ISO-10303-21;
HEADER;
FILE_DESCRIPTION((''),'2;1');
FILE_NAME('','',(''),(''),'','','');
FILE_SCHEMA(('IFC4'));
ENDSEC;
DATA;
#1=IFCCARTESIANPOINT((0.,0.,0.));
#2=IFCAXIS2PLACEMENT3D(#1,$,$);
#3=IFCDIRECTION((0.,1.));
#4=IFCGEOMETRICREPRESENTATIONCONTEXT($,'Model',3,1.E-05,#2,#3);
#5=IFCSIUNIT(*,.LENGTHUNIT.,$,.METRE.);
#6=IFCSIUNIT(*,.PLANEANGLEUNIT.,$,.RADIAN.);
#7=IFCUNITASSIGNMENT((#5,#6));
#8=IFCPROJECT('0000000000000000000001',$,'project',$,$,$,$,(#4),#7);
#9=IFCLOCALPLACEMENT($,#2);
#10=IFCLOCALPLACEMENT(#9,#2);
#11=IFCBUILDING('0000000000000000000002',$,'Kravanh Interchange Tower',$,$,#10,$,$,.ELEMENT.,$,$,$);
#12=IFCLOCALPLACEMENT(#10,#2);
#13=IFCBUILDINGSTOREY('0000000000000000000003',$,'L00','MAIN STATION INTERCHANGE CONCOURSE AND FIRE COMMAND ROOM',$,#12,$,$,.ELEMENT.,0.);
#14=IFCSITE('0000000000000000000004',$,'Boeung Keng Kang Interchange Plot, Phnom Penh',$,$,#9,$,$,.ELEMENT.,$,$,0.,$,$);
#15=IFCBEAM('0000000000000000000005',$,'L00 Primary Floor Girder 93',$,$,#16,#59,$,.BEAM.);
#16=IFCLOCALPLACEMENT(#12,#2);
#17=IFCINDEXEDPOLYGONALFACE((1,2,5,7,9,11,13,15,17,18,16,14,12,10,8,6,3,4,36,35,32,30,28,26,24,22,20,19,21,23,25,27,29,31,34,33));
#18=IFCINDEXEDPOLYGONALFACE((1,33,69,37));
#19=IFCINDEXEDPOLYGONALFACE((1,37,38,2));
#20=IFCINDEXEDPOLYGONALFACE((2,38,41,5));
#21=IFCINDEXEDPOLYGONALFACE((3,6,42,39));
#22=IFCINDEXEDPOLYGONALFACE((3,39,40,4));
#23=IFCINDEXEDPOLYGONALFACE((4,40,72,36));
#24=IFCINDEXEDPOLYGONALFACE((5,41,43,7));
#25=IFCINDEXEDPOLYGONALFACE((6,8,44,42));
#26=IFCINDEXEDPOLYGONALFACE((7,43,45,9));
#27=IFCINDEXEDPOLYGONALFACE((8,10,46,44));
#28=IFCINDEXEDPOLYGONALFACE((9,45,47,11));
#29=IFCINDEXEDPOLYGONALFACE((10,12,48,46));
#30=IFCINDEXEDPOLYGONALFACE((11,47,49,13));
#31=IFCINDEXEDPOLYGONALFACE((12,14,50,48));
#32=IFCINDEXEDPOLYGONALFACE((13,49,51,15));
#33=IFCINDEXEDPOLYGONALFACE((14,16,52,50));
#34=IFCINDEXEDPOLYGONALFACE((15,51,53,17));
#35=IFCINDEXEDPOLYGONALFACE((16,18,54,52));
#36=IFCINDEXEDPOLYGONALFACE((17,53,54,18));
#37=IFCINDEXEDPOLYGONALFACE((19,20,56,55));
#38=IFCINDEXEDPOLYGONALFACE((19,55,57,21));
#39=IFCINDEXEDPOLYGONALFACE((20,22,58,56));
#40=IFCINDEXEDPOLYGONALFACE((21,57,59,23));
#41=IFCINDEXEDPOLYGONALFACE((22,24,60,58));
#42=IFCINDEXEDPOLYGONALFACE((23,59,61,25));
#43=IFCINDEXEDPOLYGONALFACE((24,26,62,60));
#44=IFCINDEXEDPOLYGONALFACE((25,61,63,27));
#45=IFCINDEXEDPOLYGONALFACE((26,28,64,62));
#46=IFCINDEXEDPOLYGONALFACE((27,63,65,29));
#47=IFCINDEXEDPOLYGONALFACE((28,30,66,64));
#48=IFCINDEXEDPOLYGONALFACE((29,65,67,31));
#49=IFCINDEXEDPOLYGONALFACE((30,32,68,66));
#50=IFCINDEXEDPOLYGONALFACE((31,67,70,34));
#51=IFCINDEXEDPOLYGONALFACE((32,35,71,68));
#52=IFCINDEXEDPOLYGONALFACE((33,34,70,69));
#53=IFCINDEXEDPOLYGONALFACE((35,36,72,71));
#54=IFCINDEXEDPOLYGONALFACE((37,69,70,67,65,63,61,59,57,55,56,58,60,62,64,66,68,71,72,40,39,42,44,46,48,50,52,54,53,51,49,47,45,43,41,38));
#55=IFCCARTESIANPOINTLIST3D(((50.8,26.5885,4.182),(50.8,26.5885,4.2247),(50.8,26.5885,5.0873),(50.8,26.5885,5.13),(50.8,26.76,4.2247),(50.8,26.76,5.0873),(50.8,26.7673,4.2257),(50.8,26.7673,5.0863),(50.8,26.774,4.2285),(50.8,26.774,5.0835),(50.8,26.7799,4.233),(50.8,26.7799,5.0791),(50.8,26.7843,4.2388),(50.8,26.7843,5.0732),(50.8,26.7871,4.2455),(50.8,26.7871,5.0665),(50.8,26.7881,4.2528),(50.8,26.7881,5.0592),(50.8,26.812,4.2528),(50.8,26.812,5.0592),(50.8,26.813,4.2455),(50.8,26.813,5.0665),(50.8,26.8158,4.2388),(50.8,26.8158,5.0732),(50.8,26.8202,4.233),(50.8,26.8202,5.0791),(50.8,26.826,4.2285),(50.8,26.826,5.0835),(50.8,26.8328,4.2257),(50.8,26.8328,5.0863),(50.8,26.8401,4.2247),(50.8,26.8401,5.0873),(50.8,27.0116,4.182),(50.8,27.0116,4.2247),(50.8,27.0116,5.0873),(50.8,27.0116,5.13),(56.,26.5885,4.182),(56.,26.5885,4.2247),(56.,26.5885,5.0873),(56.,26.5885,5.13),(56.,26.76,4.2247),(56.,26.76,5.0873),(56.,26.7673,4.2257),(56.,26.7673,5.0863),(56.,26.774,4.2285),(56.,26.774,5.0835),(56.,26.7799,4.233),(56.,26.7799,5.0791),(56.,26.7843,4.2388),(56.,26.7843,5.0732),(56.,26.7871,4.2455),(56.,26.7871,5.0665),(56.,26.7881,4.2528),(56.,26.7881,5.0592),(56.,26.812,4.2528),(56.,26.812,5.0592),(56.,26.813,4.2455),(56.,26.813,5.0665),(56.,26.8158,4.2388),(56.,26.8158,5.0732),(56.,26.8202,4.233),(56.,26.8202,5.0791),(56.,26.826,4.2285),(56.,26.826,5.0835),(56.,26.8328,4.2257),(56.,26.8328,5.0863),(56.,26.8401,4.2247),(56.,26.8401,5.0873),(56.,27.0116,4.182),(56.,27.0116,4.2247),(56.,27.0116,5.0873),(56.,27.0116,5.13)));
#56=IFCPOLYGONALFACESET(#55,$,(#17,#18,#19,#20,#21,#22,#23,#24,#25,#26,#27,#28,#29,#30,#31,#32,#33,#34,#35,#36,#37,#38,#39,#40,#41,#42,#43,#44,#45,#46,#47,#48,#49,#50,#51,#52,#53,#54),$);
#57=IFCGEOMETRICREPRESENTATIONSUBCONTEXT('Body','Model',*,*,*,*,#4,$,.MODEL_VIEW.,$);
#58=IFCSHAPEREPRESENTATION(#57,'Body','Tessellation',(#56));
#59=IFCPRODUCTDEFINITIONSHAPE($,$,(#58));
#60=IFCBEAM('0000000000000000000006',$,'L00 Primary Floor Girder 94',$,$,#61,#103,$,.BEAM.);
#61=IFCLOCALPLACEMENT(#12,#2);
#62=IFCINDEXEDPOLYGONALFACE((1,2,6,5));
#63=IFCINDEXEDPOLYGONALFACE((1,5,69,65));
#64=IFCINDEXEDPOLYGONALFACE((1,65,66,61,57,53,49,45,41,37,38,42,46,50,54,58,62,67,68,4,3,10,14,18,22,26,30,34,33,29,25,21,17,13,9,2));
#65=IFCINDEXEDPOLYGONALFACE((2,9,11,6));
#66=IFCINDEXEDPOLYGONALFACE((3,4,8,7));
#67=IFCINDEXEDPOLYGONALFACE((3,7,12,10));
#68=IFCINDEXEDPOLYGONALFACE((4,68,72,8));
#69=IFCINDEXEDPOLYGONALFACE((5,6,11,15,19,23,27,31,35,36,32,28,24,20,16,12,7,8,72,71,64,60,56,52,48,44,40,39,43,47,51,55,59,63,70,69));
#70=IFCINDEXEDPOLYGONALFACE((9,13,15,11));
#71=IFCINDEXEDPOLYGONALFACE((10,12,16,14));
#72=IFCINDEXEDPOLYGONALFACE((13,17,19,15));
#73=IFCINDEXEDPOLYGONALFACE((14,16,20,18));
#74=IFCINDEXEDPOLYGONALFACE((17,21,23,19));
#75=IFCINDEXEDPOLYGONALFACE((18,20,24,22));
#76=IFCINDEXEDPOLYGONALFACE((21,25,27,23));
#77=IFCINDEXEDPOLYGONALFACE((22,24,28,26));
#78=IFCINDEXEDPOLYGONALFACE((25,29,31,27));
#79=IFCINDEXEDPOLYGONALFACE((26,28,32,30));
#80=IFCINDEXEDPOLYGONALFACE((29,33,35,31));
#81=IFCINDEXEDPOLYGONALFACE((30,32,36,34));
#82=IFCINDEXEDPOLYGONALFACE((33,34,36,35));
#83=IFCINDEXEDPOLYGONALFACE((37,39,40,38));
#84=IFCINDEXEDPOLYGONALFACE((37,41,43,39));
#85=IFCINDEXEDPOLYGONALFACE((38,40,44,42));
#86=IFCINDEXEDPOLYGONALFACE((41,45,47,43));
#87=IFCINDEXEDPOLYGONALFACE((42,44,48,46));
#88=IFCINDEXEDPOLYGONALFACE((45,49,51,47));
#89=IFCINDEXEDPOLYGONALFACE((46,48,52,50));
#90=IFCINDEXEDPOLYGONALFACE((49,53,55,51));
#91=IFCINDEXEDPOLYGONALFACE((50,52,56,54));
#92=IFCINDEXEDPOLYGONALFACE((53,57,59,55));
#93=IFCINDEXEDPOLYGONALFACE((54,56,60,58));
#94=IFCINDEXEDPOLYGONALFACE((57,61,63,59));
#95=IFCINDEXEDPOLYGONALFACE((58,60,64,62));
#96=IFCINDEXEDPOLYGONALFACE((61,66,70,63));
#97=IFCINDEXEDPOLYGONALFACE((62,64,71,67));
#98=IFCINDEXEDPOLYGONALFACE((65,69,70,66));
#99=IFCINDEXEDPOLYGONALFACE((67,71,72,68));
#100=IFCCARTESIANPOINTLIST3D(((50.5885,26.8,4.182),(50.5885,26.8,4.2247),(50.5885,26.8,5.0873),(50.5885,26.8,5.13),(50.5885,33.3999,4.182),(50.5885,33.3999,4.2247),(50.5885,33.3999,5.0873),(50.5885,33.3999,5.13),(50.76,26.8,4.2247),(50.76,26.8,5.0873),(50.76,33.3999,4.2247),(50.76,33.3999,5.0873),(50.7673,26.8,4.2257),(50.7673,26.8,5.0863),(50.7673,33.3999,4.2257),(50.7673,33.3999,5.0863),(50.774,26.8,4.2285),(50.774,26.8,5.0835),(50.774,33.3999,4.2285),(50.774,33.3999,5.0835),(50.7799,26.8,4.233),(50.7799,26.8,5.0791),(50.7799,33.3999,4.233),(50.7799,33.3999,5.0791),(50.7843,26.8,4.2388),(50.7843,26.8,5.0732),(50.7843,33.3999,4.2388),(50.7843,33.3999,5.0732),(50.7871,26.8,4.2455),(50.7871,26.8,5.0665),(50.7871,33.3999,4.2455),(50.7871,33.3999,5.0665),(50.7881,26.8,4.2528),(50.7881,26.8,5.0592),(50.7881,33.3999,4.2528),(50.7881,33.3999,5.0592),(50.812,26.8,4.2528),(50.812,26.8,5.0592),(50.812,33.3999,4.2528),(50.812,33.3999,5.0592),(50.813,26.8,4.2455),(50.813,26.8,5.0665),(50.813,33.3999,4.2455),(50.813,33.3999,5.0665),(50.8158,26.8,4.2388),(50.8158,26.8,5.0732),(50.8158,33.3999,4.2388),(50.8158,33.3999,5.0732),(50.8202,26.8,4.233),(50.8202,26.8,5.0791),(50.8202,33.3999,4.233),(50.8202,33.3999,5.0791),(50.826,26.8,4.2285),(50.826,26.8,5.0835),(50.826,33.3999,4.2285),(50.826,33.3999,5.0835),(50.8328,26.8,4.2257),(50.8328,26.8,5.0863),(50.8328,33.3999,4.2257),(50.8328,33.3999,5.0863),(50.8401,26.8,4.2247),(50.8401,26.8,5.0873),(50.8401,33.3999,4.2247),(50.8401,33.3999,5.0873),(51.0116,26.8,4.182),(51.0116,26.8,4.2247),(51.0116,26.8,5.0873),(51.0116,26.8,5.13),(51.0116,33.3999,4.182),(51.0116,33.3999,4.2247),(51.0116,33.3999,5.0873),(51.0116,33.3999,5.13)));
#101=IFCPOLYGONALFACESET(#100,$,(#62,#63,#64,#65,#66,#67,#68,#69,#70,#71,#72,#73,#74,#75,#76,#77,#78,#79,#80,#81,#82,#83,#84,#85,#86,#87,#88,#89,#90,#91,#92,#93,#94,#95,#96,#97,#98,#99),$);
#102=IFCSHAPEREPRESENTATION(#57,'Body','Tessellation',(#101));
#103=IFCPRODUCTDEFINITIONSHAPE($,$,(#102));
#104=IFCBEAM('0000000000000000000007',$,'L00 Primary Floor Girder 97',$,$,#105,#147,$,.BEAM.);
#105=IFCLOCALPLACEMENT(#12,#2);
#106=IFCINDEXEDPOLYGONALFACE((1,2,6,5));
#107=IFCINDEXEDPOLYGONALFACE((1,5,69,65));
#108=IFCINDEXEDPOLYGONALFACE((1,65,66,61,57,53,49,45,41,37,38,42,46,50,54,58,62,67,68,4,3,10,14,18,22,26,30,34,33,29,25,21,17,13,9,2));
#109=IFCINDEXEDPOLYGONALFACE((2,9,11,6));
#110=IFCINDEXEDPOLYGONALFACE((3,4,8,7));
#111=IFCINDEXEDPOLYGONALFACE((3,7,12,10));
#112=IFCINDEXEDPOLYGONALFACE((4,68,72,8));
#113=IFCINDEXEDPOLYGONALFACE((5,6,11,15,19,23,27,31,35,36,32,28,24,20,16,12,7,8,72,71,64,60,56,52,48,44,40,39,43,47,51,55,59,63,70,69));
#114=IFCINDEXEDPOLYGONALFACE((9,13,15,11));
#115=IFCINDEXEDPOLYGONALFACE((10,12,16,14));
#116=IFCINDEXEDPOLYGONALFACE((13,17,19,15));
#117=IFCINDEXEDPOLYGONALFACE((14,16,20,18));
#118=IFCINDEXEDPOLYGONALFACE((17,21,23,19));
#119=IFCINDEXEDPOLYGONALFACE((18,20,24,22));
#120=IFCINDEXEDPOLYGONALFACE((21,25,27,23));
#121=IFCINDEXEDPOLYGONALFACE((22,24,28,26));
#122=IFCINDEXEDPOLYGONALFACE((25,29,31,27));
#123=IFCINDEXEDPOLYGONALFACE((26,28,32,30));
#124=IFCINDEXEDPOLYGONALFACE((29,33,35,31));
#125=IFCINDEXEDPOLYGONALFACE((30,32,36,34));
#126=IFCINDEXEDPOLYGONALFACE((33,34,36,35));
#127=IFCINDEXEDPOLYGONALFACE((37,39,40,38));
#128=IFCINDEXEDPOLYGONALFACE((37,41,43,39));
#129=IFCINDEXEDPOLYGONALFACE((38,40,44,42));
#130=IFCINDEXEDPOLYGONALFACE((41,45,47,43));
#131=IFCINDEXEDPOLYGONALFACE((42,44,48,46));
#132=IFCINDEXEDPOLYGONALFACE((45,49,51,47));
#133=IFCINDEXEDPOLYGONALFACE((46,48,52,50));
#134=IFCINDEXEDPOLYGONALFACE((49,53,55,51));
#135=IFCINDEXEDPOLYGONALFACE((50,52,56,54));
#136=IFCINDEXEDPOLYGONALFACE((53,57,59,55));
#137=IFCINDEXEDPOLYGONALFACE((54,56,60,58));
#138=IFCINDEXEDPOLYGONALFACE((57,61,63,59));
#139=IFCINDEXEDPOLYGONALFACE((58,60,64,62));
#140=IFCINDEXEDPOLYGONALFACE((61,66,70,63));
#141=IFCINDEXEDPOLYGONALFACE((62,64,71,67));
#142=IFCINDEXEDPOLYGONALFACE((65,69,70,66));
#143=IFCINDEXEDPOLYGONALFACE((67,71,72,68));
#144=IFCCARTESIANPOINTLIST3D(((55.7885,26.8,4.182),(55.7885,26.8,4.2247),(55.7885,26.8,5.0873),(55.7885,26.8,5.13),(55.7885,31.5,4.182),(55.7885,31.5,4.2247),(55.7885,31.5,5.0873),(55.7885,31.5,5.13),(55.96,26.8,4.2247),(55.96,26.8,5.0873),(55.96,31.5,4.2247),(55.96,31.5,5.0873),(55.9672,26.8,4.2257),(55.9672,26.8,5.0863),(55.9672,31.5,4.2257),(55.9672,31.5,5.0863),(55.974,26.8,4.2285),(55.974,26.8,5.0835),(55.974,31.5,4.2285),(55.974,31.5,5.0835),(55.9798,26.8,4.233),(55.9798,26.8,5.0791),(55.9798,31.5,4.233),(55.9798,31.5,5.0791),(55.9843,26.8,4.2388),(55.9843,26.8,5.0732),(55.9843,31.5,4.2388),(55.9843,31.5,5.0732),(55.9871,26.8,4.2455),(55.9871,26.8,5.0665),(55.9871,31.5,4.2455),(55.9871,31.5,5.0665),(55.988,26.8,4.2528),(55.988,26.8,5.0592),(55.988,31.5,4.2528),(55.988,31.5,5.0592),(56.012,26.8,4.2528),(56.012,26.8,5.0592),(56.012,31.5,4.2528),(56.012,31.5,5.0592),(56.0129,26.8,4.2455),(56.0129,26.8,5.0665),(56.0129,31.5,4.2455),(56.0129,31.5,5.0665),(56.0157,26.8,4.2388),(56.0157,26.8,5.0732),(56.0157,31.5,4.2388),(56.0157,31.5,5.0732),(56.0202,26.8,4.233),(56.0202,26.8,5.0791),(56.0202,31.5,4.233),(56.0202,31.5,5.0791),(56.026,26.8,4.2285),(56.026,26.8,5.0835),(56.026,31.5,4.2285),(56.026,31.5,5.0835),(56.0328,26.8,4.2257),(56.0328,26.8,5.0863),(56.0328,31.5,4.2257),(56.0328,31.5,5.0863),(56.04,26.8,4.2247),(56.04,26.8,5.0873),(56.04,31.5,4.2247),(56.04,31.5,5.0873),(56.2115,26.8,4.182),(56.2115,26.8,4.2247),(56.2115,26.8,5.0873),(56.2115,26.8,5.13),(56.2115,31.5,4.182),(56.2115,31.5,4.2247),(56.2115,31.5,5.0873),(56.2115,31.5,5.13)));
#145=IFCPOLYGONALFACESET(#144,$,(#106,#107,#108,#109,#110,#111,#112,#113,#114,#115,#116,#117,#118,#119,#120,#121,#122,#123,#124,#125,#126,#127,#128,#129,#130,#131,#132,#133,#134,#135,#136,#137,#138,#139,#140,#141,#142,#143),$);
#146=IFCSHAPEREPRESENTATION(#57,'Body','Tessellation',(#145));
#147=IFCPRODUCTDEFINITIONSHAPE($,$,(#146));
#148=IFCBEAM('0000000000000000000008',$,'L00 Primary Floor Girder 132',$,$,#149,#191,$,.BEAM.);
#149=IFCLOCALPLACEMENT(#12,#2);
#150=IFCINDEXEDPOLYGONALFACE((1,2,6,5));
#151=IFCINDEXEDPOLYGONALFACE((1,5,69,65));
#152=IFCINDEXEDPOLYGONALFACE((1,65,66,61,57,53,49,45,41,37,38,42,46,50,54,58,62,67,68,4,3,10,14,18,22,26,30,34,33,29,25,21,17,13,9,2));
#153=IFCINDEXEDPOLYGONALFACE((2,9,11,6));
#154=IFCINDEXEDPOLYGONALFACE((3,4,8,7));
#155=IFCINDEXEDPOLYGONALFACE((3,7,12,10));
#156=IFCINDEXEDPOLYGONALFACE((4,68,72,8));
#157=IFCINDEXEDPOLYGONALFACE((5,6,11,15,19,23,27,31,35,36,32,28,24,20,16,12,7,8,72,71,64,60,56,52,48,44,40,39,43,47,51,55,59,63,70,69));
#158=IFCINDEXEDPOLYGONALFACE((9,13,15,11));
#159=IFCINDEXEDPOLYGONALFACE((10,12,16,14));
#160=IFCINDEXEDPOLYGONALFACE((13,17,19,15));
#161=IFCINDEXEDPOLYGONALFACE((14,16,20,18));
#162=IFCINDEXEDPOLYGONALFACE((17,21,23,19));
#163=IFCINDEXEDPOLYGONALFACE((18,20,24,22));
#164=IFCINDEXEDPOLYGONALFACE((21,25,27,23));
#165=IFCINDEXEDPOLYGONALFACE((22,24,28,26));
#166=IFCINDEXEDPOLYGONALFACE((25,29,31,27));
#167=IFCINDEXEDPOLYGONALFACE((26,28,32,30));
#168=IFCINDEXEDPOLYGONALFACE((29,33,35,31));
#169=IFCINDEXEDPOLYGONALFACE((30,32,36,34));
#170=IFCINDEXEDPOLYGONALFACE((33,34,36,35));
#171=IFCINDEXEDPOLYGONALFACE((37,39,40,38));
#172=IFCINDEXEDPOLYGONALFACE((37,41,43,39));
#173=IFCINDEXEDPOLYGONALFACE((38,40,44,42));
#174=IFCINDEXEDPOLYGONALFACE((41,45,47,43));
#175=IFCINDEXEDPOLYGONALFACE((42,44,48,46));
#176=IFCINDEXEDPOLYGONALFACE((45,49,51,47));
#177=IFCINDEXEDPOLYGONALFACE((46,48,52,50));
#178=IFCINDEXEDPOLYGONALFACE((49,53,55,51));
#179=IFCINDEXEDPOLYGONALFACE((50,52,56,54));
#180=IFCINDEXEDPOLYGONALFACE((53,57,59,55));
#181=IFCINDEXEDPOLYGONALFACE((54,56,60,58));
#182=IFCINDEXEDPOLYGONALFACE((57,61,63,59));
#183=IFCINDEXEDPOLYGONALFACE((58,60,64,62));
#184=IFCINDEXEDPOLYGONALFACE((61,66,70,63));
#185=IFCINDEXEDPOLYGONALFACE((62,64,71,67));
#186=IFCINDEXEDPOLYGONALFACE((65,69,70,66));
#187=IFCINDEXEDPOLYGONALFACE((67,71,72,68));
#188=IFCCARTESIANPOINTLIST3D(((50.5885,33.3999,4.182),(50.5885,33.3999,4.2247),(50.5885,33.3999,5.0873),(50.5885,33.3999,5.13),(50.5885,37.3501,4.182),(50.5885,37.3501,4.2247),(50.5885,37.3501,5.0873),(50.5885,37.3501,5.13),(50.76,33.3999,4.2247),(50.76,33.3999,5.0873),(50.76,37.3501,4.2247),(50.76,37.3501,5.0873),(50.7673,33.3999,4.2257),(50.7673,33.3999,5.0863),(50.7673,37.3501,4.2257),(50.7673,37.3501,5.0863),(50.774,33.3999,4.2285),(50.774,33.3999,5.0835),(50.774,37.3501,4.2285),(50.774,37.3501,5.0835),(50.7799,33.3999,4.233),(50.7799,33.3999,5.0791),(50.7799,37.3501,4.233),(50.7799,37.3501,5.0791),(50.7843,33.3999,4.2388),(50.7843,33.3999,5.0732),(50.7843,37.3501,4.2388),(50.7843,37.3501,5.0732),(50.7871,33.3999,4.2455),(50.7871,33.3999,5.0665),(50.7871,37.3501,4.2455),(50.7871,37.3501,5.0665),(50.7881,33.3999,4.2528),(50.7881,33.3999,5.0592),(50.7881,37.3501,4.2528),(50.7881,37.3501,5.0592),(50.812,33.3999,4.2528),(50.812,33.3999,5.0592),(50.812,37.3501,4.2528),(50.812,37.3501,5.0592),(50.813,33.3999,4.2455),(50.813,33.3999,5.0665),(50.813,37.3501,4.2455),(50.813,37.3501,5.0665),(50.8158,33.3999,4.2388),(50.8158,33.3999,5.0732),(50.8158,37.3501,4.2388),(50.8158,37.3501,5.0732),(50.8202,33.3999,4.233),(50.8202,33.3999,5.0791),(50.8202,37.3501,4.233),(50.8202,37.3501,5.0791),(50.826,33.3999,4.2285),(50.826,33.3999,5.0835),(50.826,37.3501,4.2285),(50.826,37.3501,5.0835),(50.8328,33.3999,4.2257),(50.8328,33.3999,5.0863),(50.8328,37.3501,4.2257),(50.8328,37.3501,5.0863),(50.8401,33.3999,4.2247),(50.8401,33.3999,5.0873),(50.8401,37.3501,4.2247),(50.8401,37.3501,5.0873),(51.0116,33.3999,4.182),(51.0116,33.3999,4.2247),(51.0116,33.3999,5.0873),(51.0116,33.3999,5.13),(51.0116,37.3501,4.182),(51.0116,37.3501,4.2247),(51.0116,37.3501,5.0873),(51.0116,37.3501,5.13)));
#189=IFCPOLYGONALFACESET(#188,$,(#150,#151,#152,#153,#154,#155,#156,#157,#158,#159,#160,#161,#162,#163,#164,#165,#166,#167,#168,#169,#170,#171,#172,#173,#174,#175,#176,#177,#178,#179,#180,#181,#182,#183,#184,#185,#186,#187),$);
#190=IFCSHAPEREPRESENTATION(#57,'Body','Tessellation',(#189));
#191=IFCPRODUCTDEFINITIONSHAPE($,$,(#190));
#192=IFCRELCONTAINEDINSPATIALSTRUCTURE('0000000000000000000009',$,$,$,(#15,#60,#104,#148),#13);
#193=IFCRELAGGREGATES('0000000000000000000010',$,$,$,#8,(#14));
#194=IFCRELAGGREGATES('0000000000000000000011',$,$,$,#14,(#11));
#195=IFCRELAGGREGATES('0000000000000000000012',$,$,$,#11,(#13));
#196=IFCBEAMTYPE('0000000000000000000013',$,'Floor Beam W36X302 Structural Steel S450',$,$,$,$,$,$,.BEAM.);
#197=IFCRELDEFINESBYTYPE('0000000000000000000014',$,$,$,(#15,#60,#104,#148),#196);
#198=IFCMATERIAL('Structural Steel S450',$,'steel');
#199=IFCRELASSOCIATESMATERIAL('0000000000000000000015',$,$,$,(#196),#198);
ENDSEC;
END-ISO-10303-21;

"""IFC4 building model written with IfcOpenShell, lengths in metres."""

from ifc_helpers import new_model, si_unit, direction, frame, origin, origin_2d, place, context, subcontext, project, spatial, i_section, extrude, material, material_profile, profile_set, type_object, element, save


model = new_model("IFC4")

# Units and contexts
model_context = context("Model", 3, precision=1e-05, world=origin(), true_north=direction((0.0, 1.0)))
body_context = subcontext(model_context, "Body", "Model", "MODEL_VIEW")
ifc_project = project(units=[si_unit("LENGTHUNIT", "METRE"), si_unit("PLANEANGLEUNIT", "RADIAN")], contexts=[model_context])

# Site, building, storey
site_placement = place(None, origin())
site = spatial("IfcSite", under=ifc_project, at=site_placement, Name="Boeung Keng Kang Interchange Plot, Phnom Penh", CompositionType="ELEMENT", RefElevation=0.0)
building_placement = place(site_placement, origin())
building = spatial("IfcBuilding", under=site, at=building_placement, Name="Kravanh Interchange Tower", CompositionType="ELEMENT")
storey_placement = place(building_placement, origin())
storey = spatial("IfcBuildingStorey", under=building, at=storey_placement, Name="L00", Description="MAIN STATION INTERCHANGE CONCOURSE AND FIRE COMMAND ROOM", CompositionType="ELEMENT", Elevation=0.0)

# Beams
ifc_material_1 = material(Name="Structural Steel S450", Category="steel")
ifc_material_profile_1 = material_profile(ifc_material_1, i_section(OverallWidth=0.4231, OverallDepth=0.948, WebThickness=0.0239, FlangeThickness=0.0427, FilletRadius=0.0281, at=origin_2d()), Name="W36X302")
ifc_profile_set_1 = profile_set([ifc_material_profile_1], Name="Structural Steel S450")
beam_type_1 = type_object("IfcBeamType", Name="Floor Beam W36X302 Structural Steel S450", PredefinedType="BEAM", material=ifc_profile_set_1)
beam_1_placement = place(storey_placement, frame((50.8, 26.8, 4.656), z_axis=(1.0, 0.0, 0.0), x_axis=(0.0, 1.0, 0.0)))
element("IfcBeam", 1, at=beam_1_placement, inside=storey, type_object=beam_type_1, Name="L00 Primary Floor Girder 93", PredefinedType="BEAM", context=body_context, shape_type="SweptSolid", body=[
    extrude(i_section(OverallWidth=0.4231, OverallDepth=0.948, WebThickness=0.0239, FlangeThickness=0.0427, FilletRadius=0.0281, at=origin_2d()), origin(), (0.0, 0.0, 1.0), 5.2),
])
beam_2_placement = place(storey_placement, frame((50.8, 26.8, 4.656), z_axis=(0.0, 1.0, 0.0), x_axis=(-1.0, 0.0, 0.0)))
element("IfcBeam", 2, at=beam_2_placement, inside=storey, type_object=beam_type_1, Name="L00 Primary Floor Girder 94", PredefinedType="BEAM", context=body_context, shape_type="SweptSolid", body=[
    extrude(i_section(OverallWidth=0.4231, OverallDepth=0.948, WebThickness=0.0239, FlangeThickness=0.0427, FilletRadius=0.0281, at=origin_2d()), origin(), (0.0, 0.0, 1.0), 6.5999),
])
beam_3_placement = place(storey_placement, frame((56.0, 26.8, 4.656), z_axis=(0.0, 1.0, 0.0), x_axis=(-1.0, 0.0, 0.0)))
element("IfcBeam", 3, at=beam_3_placement, inside=storey, type_object=beam_type_1, Name="L00 Primary Floor Girder 97", PredefinedType="BEAM", context=body_context, shape_type="SweptSolid", body=[
    extrude(i_section(OverallWidth=0.4231, OverallDepth=0.948, WebThickness=0.0239, FlangeThickness=0.0427, FilletRadius=0.0281, at=origin_2d()), origin(), (0.0, 0.0, 1.0), 4.7),
])
beam_4_placement = place(storey_placement, frame((50.8, 33.3999, 4.656), z_axis=(0.0, 1.0, 0.0), x_axis=(-1.0, 0.0, 0.0)))
element("IfcBeam", 4, at=beam_4_placement, inside=storey, type_object=beam_type_1, Name="L00 Primary Floor Girder 132", PredefinedType="BEAM", context=body_context, shape_type="SweptSolid", body=[
    extrude(i_section(OverallWidth=0.4231, OverallDepth=0.948, WebThickness=0.0239, FlangeThickness=0.0427, FilletRadius=0.0281, at=origin_2d()), origin(), (0.0, 0.0, 1.0), 3.9502),
])

save(model, "model.ifc")
